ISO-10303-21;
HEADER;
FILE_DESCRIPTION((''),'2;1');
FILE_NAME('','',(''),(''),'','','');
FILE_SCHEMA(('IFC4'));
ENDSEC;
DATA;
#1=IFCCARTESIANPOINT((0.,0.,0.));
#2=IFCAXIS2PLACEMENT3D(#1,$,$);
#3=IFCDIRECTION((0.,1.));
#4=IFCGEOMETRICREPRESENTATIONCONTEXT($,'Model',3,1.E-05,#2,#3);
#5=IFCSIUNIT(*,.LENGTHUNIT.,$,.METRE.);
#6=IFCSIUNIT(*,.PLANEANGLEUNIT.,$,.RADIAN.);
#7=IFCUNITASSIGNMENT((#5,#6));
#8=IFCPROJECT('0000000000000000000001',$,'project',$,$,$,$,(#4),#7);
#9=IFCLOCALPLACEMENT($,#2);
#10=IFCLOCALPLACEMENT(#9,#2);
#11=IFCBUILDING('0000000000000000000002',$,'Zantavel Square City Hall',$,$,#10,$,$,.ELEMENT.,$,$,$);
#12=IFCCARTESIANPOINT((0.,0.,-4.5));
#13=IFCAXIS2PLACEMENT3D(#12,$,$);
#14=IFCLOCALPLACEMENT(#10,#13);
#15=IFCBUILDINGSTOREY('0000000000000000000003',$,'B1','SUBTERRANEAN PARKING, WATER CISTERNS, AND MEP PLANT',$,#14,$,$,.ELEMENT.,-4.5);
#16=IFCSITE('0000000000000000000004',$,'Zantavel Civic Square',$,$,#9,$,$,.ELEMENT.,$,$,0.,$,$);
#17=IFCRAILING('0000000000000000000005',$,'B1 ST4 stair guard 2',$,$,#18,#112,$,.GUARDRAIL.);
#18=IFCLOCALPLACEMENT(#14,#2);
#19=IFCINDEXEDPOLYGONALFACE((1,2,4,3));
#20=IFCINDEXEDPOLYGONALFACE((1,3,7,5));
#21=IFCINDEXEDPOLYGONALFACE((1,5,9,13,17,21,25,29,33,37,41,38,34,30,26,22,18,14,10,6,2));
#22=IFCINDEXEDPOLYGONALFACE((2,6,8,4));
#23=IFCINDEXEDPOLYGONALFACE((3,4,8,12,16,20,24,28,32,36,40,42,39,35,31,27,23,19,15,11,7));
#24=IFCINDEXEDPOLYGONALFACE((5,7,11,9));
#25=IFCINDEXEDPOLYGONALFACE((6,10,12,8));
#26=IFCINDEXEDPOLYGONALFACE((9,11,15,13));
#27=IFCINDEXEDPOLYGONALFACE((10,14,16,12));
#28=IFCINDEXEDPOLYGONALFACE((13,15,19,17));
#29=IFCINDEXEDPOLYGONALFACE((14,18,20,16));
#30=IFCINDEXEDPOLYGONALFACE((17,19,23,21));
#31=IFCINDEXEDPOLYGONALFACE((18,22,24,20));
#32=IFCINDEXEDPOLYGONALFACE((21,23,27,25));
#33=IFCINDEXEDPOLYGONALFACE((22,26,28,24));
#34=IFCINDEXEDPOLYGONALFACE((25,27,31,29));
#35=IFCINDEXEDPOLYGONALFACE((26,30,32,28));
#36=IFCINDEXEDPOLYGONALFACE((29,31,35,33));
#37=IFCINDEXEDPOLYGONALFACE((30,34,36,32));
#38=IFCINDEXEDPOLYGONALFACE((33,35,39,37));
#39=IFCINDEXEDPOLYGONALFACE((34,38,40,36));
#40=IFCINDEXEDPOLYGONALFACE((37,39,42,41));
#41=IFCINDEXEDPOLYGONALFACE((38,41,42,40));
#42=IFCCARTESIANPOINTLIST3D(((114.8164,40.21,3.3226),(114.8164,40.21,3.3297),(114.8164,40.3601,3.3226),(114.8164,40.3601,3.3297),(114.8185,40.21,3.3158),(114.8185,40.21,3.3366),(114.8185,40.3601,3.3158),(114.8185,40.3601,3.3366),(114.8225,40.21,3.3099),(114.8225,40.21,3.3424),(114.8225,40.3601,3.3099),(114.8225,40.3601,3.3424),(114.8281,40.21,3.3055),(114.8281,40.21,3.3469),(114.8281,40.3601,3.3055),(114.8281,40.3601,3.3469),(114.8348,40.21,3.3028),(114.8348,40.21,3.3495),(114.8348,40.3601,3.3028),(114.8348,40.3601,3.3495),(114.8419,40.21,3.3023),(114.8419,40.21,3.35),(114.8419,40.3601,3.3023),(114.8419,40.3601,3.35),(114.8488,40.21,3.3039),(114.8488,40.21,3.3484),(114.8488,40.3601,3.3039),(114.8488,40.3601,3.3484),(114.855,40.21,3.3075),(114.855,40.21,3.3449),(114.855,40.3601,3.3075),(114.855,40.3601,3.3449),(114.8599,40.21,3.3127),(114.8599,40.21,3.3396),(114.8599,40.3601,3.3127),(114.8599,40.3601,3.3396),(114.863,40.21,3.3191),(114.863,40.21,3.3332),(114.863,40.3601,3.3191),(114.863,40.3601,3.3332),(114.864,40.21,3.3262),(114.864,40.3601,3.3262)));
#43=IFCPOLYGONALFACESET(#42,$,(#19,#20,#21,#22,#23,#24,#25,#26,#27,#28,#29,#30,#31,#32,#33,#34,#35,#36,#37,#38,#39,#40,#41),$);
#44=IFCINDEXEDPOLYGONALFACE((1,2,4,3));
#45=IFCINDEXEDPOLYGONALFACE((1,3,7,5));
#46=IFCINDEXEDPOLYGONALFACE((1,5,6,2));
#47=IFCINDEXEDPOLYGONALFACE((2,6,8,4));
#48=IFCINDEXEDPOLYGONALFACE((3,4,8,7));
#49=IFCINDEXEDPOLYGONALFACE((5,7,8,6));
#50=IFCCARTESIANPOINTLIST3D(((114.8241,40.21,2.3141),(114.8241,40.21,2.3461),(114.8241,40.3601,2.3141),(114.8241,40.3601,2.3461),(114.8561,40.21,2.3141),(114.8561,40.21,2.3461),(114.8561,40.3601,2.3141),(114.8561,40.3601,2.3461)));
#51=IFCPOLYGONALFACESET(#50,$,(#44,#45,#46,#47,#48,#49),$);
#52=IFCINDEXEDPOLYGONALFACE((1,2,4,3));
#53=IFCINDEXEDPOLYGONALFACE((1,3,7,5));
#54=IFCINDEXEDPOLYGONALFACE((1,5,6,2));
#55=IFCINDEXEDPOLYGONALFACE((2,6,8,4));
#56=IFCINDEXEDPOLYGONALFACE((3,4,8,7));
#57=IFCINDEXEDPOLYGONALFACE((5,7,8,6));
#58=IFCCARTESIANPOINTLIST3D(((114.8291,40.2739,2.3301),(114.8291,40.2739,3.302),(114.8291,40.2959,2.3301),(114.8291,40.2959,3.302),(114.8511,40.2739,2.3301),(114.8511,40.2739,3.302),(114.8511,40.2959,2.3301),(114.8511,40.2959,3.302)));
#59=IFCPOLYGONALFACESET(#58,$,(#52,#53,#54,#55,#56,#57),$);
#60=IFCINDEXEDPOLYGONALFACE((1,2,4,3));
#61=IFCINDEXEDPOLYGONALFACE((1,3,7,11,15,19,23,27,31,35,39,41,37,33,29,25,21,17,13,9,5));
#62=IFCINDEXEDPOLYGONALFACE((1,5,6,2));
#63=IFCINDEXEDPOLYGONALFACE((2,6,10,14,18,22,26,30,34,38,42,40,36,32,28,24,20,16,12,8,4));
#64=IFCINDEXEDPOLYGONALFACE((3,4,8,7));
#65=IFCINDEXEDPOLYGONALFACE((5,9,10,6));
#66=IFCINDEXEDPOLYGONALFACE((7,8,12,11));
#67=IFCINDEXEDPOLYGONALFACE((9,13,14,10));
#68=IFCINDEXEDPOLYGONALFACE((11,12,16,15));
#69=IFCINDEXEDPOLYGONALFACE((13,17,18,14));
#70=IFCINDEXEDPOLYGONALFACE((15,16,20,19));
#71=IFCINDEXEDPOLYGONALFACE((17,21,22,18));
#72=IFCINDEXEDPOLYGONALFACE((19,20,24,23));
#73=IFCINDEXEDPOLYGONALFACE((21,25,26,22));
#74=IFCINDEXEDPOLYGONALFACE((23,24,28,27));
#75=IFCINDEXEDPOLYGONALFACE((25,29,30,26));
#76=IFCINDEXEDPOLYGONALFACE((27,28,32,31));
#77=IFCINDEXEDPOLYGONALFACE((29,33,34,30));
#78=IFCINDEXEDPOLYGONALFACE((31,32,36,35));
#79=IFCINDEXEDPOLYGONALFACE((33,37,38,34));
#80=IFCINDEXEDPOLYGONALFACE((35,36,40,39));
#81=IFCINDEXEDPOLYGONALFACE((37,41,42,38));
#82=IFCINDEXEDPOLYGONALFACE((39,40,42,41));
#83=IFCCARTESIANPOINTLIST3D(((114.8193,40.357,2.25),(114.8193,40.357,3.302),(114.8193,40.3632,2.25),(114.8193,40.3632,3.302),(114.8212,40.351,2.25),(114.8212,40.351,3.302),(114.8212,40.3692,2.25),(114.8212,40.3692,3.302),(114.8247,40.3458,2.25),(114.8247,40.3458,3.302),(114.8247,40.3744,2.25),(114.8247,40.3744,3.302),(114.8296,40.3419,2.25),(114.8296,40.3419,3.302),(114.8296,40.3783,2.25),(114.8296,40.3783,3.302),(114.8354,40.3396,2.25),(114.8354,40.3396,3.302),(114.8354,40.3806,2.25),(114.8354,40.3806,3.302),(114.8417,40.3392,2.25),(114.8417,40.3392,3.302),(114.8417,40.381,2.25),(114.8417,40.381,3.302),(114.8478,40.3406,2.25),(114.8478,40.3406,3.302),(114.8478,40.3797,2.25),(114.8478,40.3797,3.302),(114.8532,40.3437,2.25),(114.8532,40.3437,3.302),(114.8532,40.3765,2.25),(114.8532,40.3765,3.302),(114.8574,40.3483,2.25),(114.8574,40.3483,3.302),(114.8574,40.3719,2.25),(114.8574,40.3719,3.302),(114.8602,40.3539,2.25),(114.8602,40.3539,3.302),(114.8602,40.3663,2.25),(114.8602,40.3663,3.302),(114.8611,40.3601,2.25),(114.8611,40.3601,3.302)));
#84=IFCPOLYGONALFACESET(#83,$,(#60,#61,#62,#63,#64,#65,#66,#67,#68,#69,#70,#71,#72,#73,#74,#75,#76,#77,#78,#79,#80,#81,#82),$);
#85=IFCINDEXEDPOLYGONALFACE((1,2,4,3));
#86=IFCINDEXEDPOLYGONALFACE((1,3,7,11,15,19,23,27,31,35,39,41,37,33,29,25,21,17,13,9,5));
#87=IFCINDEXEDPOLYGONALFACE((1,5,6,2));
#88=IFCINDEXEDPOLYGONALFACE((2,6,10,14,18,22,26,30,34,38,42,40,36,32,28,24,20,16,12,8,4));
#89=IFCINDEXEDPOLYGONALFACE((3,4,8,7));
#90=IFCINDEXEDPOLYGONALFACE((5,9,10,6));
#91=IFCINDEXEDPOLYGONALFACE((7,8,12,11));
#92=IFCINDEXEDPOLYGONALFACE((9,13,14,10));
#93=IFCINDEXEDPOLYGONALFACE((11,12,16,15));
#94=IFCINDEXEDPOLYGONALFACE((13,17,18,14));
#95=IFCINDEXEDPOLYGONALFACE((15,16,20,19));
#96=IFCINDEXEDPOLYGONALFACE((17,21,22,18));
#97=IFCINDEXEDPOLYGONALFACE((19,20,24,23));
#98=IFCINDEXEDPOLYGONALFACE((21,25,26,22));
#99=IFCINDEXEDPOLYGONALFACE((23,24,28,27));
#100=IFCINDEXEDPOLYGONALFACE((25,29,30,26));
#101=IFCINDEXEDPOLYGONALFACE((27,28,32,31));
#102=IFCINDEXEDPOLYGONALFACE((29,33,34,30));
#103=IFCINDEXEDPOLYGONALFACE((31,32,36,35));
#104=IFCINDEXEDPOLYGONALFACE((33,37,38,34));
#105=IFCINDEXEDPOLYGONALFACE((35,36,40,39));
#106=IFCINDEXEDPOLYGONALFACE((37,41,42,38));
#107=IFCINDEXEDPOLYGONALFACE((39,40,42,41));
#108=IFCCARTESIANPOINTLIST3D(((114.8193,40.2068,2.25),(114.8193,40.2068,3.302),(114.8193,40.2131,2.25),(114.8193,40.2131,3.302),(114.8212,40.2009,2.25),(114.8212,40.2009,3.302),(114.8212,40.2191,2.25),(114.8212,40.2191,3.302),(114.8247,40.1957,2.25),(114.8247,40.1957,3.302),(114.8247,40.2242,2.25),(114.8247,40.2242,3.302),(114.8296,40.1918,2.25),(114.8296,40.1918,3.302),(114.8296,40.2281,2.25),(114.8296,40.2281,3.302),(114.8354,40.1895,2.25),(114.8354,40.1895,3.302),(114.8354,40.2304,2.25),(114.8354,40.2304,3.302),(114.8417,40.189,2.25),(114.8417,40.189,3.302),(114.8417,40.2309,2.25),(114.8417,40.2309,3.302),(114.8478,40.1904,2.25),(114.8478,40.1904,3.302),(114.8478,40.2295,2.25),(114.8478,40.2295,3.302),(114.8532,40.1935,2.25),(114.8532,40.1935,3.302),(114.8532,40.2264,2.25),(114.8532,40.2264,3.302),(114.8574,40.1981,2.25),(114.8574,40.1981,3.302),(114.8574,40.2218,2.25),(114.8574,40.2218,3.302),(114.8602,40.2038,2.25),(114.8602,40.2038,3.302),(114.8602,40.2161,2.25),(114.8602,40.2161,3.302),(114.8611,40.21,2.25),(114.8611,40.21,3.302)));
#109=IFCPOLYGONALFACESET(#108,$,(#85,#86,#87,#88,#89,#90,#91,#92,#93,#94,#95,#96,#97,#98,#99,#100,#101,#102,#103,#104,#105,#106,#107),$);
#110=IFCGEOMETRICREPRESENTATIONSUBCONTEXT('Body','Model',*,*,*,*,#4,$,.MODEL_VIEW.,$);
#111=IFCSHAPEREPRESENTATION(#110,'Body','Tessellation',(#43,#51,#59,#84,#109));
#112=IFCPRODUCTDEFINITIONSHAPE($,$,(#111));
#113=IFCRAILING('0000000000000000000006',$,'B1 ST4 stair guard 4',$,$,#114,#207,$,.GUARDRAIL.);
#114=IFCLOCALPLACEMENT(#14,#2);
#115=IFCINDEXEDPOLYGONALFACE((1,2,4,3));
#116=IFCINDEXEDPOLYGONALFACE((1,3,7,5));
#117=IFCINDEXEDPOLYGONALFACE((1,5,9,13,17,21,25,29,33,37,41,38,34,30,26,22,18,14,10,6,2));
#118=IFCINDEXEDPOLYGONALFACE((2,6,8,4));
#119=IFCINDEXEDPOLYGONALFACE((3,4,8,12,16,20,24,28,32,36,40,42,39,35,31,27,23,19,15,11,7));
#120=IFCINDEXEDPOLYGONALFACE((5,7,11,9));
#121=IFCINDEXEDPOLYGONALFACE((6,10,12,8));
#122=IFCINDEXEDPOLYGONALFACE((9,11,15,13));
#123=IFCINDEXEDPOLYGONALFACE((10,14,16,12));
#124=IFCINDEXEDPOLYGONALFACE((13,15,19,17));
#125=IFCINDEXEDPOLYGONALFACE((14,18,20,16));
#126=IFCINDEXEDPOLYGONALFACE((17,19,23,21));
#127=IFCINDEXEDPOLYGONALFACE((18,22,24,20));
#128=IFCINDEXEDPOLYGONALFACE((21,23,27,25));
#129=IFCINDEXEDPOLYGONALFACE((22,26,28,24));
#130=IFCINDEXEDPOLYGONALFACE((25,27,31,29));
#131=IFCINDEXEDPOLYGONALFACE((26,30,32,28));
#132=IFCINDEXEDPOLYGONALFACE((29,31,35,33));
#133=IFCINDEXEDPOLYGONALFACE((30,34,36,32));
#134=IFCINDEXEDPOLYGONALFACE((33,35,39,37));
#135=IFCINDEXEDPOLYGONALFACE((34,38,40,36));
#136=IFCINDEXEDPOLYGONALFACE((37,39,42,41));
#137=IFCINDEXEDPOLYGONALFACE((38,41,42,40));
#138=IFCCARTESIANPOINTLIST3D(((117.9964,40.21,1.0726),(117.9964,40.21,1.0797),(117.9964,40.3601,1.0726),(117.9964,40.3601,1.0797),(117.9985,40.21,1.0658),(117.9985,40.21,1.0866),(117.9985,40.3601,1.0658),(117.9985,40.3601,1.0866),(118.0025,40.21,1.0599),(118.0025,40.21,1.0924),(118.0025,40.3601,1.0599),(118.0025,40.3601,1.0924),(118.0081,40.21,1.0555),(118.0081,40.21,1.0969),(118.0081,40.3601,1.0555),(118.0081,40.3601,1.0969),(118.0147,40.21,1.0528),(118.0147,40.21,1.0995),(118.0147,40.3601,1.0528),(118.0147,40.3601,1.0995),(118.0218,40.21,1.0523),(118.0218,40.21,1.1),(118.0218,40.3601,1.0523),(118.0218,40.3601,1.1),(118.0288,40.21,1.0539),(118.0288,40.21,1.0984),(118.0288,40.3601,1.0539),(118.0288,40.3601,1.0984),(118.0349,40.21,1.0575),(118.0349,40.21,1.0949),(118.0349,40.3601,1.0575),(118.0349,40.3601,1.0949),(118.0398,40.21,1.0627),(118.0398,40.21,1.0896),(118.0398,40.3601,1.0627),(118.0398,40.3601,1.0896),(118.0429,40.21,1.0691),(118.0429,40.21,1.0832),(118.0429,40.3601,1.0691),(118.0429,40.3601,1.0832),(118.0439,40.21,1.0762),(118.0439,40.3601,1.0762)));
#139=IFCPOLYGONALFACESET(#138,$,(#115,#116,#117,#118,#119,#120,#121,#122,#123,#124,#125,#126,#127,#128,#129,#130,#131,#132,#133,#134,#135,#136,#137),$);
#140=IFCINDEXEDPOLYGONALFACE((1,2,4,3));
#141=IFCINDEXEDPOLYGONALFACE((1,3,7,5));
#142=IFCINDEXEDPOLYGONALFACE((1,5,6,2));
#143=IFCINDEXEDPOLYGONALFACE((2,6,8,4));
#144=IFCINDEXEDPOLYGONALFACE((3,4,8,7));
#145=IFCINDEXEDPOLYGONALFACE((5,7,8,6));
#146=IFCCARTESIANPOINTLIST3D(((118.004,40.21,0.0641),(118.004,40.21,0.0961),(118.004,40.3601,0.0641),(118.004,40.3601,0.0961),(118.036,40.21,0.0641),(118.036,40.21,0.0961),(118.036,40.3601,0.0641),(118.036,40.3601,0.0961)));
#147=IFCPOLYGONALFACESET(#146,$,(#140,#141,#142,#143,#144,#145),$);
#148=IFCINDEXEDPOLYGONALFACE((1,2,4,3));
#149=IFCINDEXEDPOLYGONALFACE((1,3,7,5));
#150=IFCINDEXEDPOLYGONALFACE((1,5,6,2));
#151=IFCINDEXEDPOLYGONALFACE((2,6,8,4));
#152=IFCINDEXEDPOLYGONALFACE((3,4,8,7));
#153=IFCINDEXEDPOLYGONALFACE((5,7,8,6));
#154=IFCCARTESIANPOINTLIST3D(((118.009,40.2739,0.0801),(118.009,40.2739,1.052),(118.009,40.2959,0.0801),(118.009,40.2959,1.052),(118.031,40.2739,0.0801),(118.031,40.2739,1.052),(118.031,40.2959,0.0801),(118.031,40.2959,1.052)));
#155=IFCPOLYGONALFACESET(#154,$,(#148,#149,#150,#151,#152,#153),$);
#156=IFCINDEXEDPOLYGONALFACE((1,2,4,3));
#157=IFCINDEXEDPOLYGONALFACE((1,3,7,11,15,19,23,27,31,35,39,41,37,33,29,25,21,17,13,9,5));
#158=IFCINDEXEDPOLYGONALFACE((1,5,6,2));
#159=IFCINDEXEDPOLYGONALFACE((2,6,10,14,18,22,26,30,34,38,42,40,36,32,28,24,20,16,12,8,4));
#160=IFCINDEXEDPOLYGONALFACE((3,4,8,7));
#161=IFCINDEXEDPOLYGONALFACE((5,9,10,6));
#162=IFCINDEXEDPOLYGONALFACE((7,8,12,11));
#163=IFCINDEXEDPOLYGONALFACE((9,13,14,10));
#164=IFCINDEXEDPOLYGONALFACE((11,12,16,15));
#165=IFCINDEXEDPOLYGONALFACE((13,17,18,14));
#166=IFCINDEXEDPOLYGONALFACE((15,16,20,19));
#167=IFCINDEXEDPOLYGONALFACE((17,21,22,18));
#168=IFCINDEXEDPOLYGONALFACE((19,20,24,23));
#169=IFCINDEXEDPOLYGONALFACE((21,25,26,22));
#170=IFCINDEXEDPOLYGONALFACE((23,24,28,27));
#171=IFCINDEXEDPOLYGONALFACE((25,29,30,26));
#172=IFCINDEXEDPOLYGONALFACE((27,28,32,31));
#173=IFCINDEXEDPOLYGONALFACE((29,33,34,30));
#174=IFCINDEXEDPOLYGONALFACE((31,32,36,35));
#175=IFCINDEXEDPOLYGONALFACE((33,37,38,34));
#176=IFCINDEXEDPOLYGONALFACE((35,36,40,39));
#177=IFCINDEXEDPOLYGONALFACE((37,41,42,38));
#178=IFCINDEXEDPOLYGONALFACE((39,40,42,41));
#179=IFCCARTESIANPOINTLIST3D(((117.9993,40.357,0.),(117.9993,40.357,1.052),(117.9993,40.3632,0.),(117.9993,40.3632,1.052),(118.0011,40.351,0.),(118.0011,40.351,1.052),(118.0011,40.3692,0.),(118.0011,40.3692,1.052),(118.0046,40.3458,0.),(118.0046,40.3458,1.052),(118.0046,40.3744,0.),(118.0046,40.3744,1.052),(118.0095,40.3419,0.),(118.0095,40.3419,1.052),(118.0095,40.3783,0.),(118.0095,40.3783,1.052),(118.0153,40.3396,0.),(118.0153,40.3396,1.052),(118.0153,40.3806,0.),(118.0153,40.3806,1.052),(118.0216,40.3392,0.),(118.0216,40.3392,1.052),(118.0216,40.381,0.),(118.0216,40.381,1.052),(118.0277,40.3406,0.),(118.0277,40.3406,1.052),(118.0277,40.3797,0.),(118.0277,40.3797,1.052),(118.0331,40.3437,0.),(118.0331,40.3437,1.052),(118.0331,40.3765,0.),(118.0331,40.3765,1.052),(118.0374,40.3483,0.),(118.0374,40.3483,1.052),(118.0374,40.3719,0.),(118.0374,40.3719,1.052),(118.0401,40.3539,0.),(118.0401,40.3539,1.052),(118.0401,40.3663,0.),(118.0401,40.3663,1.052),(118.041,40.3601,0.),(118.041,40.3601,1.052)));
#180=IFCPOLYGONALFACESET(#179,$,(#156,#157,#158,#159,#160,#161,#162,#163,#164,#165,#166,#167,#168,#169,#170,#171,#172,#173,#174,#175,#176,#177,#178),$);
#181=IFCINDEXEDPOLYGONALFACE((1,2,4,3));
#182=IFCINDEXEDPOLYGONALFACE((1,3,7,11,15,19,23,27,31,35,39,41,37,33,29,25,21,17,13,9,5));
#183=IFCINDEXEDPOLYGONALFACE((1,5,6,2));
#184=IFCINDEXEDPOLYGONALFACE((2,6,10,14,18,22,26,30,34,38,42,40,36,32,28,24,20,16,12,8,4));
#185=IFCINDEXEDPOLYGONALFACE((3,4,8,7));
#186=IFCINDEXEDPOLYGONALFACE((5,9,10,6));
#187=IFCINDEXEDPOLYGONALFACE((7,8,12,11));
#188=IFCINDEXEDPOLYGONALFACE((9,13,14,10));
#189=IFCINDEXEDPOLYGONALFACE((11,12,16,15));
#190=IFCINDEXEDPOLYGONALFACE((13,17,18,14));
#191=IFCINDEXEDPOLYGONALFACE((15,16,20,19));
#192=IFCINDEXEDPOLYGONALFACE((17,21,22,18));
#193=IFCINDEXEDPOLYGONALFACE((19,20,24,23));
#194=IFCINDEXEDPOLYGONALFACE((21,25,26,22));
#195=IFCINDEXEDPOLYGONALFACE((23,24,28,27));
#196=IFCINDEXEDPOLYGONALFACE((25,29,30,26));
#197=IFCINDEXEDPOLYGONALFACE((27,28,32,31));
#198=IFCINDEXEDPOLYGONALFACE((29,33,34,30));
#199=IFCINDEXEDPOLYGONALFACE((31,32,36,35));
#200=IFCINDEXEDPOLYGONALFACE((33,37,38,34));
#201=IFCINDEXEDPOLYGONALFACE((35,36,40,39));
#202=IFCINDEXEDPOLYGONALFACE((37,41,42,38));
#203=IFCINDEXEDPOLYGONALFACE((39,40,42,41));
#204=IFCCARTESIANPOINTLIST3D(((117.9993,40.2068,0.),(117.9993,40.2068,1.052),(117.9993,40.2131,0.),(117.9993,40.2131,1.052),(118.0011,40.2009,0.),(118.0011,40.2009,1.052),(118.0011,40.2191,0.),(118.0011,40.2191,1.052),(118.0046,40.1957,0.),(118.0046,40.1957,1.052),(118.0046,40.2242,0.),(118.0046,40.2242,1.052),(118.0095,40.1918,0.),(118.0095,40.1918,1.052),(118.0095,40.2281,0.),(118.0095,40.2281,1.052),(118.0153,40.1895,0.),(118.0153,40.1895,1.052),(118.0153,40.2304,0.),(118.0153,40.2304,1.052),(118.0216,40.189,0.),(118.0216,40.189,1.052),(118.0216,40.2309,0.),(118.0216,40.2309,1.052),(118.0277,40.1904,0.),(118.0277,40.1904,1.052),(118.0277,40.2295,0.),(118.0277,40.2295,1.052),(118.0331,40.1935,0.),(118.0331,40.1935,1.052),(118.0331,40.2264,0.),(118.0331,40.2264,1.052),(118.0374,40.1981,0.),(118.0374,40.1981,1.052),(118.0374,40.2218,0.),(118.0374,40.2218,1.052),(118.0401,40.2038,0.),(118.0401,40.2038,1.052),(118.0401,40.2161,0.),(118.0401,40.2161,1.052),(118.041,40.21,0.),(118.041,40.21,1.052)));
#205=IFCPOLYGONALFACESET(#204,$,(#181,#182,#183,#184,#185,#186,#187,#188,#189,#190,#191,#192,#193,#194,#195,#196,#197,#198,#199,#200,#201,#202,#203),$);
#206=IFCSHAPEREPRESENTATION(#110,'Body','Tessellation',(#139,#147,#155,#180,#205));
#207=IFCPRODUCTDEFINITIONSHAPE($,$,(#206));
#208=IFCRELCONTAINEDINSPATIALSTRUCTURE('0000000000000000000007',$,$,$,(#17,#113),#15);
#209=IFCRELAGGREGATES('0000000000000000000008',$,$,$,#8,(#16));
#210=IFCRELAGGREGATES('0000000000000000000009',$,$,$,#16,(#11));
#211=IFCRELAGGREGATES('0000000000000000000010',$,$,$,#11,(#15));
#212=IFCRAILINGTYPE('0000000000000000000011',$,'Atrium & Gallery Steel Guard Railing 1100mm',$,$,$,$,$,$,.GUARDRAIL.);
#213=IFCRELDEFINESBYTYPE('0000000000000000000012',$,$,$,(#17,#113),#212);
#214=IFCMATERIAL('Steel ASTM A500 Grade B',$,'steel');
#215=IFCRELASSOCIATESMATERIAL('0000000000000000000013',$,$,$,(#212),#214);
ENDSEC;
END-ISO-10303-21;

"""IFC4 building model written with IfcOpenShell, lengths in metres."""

from ifc_helpers import new_model, si_unit, direction, frame, origin, origin_2d, place, context, subcontext, project, spatial, rectangle, circle, extrude, material, type_object, element, save


model = new_model("IFC4")

# Units and contexts
model_context = context("Model", 3, precision=1e-05, world=origin(), true_north=direction((0.0, 1.0)))
body_context = subcontext(model_context, "Body", "Model", "MODEL_VIEW")
ifc_project = project(units=[si_unit("LENGTHUNIT", "METRE"), si_unit("PLANEANGLEUNIT", "RADIAN")], contexts=[model_context])

# Site, building, storey
site_placement = place(None, origin())
site = spatial("IfcSite", under=ifc_project, at=site_placement, Name="Zantavel Civic Square", CompositionType="ELEMENT", RefElevation=0.0)
building_placement = place(site_placement, origin())
building = spatial("IfcBuilding", under=site, at=building_placement, Name="Zantavel Square City Hall", CompositionType="ELEMENT")
storey_placement = place(building_placement, frame((0.0, 0.0, -4.5)))
storey = spatial("IfcBuildingStorey", under=building, at=storey_placement, Name="B1", Description="SUBTERRANEAN PARKING, WATER CISTERNS, AND MEP PLANT", CompositionType="ELEMENT", Elevation=-4.5)

# Shared definitions
ifc_material_1 = material(Name="Steel ASTM A500 Grade B", Category="steel")

# Railings
railing_type_1 = type_object("IfcRailingType", Name="Atrium & Gallery Steel Guard Railing 1100mm", PredefinedType="GUARDRAIL", material=ifc_material_1)
railing_1_placement = place(storey_placement, frame((114.8401, 40.3601, 2.25)))
element("IfcRailing", 1, at=railing_1_placement, inside=storey, type_object=railing_type_1, Name="B1 ST4 stair guard 2", PredefinedType="GUARDRAIL", context=body_context, shape_type="SweptSolid", body=[
    extrude(circle(Radius=0.0239, at=origin_2d()), frame((0.0, 0.0, 1.0762), z_axis=(0.0, -1.0, 0.0), x_axis=(1.0, 0.0, 0.0)), (0.0, 0.0, 1.0), 0.1501),
    extrude(rectangle(XDim=0.032, YDim=0.032, at=origin_2d()), frame((0.0, 0.0, 0.0801), z_axis=(0.0, -1.0, 0.0), x_axis=(1.0, 0.0, 0.0)), (0.0, 0.0, 1.0), 0.1501),
    extrude(rectangle(XDim=0.022, YDim=0.022, at=origin_2d()), frame((0.0, -0.0752, 0.0801)), (0.0, 0.0, 1.0), 0.9719),
    extrude(circle(Radius=0.021, at=origin_2d()), origin(), (0.0, 0.0, 1.0), 1.052),
    extrude(circle(Radius=0.021, at=origin_2d()), frame((0.0, -0.1501, 0.0)), (0.0, 0.0, 1.0), 1.052),
])
railing_2_placement = place(storey_placement, frame((118.02, 40.3601, 0.0)))
element("IfcRailing", 2, at=railing_2_placement, inside=storey, type_object=railing_type_1, Name="B1 ST4 stair guard 4", PredefinedType="GUARDRAIL", context=body_context, shape_type="SweptSolid", body=[
    extrude(circle(Radius=0.0239, at=origin_2d()), frame((0.0, 0.0, 1.0762), z_axis=(0.0, -1.0, 0.0), x_axis=(1.0, 0.0, 0.0)), (0.0, 0.0, 1.0), 0.1501),
    extrude(rectangle(XDim=0.032, YDim=0.032, at=origin_2d()), frame((0.0, 0.0, 0.0801), z_axis=(0.0, -1.0, 0.0), x_axis=(1.0, 0.0, 0.0)), (0.0, 0.0, 1.0), 0.1501),
    extrude(rectangle(XDim=0.022, YDim=0.022, at=origin_2d()), frame((0.0, -0.0752, 0.0801)), (0.0, 0.0, 1.0), 0.9719),
    extrude(circle(Radius=0.021, at=origin_2d()), origin(), (0.0, 0.0, 1.0), 1.052),
    extrude(circle(Radius=0.021, at=origin_2d()), frame((0.0, -0.1501, 0.0)), (0.0, 0.0, 1.0), 1.052),
])

save(model, "model.ifc")
